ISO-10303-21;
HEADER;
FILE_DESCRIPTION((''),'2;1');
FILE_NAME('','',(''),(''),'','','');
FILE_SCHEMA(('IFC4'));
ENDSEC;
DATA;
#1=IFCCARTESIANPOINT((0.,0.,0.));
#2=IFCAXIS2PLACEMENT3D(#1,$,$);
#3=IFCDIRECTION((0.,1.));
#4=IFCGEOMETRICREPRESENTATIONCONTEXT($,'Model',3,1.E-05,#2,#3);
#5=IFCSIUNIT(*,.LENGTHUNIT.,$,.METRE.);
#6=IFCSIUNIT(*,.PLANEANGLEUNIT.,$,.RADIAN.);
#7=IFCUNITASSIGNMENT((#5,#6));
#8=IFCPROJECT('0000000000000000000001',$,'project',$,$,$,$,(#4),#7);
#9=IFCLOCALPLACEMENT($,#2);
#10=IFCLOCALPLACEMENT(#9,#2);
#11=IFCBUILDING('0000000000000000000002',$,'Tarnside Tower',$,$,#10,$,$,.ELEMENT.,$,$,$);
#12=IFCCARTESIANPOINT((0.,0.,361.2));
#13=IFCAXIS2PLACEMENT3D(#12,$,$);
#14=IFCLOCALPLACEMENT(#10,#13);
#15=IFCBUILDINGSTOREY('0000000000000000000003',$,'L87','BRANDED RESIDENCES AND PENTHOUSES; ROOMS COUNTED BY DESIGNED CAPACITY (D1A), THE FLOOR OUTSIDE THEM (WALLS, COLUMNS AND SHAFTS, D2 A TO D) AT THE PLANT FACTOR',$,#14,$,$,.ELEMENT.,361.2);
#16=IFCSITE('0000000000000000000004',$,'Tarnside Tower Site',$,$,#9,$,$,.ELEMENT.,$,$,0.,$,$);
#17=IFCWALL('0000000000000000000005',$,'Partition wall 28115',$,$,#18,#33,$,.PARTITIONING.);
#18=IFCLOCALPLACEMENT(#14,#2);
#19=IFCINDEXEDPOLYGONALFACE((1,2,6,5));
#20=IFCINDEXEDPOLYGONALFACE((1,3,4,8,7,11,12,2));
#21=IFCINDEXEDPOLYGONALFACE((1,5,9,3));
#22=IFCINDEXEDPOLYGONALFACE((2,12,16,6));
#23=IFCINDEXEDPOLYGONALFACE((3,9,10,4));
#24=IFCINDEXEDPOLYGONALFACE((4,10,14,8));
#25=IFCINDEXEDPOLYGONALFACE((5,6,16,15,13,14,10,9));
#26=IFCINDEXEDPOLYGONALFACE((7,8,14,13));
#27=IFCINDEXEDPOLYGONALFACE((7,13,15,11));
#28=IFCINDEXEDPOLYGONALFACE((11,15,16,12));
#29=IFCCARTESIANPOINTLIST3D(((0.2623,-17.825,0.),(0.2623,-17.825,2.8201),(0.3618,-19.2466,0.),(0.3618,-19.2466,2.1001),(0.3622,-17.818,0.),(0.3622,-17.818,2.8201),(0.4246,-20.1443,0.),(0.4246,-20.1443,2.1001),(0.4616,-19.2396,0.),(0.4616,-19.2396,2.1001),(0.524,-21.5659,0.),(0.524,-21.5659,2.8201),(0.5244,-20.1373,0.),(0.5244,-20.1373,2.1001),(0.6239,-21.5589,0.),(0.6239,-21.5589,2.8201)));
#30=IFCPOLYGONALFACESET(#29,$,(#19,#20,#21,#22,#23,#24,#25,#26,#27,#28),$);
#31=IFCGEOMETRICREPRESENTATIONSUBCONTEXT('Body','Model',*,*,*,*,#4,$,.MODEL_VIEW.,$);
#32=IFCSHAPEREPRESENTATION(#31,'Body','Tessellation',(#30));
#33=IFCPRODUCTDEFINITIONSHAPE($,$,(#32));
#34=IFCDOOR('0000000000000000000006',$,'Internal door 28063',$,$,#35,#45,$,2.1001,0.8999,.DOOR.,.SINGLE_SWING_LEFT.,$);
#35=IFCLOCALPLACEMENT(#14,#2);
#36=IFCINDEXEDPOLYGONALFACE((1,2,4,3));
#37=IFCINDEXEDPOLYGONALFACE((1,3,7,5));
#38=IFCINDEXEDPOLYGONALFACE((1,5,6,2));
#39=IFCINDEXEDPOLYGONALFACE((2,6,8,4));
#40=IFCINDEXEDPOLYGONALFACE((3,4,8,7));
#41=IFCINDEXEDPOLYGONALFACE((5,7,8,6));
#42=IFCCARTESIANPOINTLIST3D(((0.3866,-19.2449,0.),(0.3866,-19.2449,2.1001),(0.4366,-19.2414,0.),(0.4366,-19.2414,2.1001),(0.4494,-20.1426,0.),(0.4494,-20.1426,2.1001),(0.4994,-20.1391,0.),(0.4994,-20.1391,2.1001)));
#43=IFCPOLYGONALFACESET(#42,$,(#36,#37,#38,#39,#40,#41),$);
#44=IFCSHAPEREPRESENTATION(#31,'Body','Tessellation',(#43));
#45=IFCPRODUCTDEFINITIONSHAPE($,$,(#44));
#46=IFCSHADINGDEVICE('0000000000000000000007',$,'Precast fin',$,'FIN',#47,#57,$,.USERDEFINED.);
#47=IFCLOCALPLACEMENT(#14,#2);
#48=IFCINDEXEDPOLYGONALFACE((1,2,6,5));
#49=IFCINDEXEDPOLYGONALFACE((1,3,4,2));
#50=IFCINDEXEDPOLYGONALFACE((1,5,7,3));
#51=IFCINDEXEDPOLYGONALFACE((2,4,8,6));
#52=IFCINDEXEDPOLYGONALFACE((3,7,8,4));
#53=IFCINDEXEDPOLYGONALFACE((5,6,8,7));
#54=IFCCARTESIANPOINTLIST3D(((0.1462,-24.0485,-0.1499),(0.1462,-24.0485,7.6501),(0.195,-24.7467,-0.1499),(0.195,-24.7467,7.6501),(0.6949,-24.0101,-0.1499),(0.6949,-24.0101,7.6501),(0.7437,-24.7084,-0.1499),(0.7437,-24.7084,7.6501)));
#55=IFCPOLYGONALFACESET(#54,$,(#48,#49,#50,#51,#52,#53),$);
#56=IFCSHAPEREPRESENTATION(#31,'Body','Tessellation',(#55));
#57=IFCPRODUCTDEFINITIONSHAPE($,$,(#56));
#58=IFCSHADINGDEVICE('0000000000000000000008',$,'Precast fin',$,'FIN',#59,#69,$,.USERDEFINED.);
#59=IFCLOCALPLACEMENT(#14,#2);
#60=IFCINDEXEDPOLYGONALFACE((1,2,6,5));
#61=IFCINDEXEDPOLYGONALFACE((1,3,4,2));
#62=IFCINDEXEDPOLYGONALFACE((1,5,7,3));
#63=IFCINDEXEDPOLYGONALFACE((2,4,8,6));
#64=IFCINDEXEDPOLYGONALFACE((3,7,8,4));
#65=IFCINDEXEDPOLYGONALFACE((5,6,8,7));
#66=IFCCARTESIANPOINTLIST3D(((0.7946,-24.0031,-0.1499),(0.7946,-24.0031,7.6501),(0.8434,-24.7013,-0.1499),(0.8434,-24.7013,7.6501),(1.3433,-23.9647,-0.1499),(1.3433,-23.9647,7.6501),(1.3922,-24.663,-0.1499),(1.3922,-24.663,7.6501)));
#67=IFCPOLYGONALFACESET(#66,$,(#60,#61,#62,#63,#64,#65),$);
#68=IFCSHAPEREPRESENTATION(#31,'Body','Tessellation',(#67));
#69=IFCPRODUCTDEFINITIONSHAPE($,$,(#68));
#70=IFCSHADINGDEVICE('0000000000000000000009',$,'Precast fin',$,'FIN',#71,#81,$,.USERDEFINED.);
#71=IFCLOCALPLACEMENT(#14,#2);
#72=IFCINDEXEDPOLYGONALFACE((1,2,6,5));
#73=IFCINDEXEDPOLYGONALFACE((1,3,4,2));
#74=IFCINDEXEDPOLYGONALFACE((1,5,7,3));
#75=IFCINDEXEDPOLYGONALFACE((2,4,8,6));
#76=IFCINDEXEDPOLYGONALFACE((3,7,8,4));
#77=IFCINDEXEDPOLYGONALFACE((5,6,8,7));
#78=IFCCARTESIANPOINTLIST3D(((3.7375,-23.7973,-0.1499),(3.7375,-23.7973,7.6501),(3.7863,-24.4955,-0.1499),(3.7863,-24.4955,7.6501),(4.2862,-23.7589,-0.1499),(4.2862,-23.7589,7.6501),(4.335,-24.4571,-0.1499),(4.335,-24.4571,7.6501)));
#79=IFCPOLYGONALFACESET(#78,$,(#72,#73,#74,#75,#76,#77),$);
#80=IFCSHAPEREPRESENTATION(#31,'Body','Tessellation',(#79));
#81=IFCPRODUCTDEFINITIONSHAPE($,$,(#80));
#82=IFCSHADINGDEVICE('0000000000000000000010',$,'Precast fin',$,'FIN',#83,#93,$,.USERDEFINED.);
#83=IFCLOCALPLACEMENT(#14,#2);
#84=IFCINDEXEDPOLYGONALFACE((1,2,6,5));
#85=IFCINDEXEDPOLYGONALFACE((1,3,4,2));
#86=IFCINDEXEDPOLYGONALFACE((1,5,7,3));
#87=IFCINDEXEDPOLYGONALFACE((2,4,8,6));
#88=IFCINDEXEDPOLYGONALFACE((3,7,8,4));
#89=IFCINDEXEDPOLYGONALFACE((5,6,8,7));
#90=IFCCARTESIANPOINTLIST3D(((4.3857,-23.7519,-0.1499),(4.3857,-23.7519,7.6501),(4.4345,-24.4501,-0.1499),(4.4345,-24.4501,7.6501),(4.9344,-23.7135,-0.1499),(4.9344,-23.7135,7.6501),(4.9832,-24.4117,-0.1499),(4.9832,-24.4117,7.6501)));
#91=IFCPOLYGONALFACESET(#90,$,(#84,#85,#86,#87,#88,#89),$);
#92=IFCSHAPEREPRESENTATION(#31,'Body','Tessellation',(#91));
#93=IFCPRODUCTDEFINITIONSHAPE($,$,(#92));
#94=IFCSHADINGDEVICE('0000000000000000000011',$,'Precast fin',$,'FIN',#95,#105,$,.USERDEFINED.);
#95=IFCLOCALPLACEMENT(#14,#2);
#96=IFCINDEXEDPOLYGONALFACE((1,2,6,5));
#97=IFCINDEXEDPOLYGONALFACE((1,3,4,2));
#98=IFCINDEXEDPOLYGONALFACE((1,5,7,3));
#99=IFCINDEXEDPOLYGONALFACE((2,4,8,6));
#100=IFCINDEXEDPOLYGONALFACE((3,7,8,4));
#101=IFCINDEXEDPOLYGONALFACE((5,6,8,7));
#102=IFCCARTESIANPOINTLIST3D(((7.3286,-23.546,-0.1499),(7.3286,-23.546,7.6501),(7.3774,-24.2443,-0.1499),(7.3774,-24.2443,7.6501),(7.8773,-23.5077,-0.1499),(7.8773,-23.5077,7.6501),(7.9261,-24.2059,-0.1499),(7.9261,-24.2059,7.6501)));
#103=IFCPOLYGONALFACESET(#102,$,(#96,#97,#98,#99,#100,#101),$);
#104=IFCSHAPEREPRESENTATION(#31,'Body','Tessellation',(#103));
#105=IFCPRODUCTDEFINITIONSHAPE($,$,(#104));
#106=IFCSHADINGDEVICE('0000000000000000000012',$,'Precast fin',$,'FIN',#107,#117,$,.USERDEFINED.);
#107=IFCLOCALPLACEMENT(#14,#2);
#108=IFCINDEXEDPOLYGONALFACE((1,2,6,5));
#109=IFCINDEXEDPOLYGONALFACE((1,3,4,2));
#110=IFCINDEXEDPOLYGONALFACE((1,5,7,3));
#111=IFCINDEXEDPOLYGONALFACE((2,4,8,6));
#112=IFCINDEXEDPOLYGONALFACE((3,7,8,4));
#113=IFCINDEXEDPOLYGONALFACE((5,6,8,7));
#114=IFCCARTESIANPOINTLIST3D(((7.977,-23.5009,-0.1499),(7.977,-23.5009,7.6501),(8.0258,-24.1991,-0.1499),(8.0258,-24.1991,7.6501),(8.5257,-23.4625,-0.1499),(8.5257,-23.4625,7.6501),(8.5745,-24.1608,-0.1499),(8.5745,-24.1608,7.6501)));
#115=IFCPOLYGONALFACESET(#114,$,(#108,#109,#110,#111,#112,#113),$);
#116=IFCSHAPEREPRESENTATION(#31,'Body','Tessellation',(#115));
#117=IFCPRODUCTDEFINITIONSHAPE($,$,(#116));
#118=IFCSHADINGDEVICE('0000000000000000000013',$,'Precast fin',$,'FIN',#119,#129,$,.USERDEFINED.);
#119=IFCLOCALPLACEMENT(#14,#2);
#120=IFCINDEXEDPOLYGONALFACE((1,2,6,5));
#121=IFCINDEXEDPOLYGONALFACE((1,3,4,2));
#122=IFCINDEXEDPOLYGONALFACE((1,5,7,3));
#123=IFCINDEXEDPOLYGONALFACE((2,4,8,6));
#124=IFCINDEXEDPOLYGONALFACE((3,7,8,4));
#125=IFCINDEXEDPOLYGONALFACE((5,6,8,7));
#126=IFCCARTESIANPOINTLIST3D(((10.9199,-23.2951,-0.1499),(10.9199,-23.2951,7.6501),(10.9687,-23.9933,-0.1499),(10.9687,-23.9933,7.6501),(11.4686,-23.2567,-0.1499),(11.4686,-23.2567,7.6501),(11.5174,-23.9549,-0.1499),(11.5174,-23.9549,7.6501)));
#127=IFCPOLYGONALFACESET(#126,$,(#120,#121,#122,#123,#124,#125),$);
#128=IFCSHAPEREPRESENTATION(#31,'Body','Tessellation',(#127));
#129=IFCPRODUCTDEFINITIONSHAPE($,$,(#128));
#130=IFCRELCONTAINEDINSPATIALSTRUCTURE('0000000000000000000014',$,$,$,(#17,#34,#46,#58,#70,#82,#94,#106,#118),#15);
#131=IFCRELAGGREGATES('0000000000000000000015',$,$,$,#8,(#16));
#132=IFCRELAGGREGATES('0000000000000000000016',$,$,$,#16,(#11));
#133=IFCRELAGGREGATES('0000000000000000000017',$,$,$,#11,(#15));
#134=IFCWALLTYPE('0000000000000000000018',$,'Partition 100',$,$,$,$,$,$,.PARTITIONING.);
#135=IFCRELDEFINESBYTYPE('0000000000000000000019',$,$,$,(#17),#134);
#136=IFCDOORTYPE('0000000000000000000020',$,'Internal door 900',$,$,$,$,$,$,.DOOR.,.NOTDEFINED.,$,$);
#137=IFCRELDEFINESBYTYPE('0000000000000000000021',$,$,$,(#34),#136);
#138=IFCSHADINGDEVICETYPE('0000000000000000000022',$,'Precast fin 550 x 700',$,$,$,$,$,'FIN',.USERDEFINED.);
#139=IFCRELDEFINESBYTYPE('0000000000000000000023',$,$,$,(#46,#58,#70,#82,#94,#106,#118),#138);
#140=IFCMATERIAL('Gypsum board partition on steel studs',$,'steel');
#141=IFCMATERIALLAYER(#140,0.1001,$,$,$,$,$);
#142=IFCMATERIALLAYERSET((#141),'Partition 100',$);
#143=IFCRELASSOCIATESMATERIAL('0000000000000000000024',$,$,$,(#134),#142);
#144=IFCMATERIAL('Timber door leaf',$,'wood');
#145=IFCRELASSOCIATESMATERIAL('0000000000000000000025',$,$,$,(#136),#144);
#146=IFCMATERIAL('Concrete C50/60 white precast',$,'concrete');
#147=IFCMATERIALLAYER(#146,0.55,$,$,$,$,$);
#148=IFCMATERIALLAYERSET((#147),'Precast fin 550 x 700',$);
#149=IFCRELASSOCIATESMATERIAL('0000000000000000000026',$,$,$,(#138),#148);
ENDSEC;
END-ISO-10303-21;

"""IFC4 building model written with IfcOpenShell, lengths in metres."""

from ifc_helpers import new_model, si_unit, direction, frame, frame_2d, origin, place, context, subcontext, project, spatial, polyline, rectangle, outline, extrude, material, layer, layer_set, type_object, element, fill, save


model = new_model("IFC4")

# Units and contexts
model_context = context("Model", 3, precision=1e-05, world=origin(), true_north=direction((0.0, 1.0)))
body_context = subcontext(model_context, "Body", "Model", "MODEL_VIEW")
ifc_project = project(units=[si_unit("LENGTHUNIT", "METRE"), si_unit("PLANEANGLEUNIT", "RADIAN")], contexts=[model_context])

# Site, building, storey
site_placement = place(None, origin())
site = spatial("IfcSite", under=ifc_project, at=site_placement, Name="Tarnside Tower Site", CompositionType="ELEMENT", RefElevation=0.0)
building_placement = place(site_placement, origin())
building = spatial("IfcBuilding", under=site, at=building_placement, Name="Tarnside Tower", CompositionType="ELEMENT")
storey_placement = place(building_placement, frame((0.0, 0.0, 361.2)))
storey = spatial("IfcBuildingStorey", under=building, at=storey_placement, Name="L87", Description="BRANDED RESIDENCES AND PENTHOUSES; ROOMS COUNTED BY DESIGNED CAPACITY (D1A), THE FLOOR OUTSIDE THEM (WALLS, COLUMNS AND SHAFTS, D2 A TO D) AT THE PLANT FACTOR", CompositionType="ELEMENT", Elevation=361.2)

# Shared definitions
ifc_material_1 = material(Name="Gypsum board partition on steel studs", Category="steel")

# Shared definitions
ifc_material_2 = material(Name="Timber door leaf", Category="wood")

# Wall, opening, door
ifc_layer_1 = layer(ifc_material_1, 0.1001)
ifc_layer_set_1 = layer_set([ifc_layer_1], Name="Partition 100")
wall_type_1 = type_object("IfcWallType", Name="Partition 100", PredefinedType="PARTITIONING", material=ifc_layer_set_1)
wall_1_placement = place(storey_placement, frame((0.3123, -17.8215, 0.0), z_axis=(0.0, 0.0, 1.0), x_axis=(0.06979, -0.997562, 0.0)))
wall_1 = element("IfcWall", 1, at=wall_1_placement, inside=storey, type_object=wall_type_1, Name="Partition wall 28115", PredefinedType="PARTITIONING", context=body_context, shape_type="SweptSolid", body=[
    extrude(rectangle(XDim=3.75, YDim=0.1001, at=frame_2d((1.875, 0.0))), origin(), (0.0, 0.0, 1.0), 2.8201),
])
opening_1_placement = place(wall_1_placement, frame((1.425, 0.0, 0.0)))
opening_1 = element("IfcOpeningElement", 2, at=opening_1_placement, cuts=wall_1, PredefinedType="OPENING", context=body_context, shape_type="SweptSolid", body=[
    extrude(rectangle(XDim=0.8999, YDim=2.1001, at=frame_2d((0.45, 1.05))), frame((0.0, 0.0601, 0.0), z_axis=(0.0, -1.0, 0.0), x_axis=(1.0, 0.0, 0.0)), (0.0, 0.0, 1.0), 0.1201),
])
door_type_1 = type_object("IfcDoorType", Name="Internal door 900", OperationType="NOTDEFINED", PredefinedType="DOOR", material=ifc_material_2)
door_1_placement = place(opening_1_placement, origin())
door_1 = element("IfcDoor", 3, at=door_1_placement, inside=storey, type_object=door_type_1, Name="Internal door 28063", OperationType="SINGLE_SWING_LEFT", OverallHeight=2.1001, OverallWidth=0.8999, PredefinedType="DOOR", context=body_context, shape_type="SweptSolid", body=[
    extrude(rectangle(XDim=0.8999, YDim=2.1001, at=frame_2d((0.45, 1.05))), frame((0.0, 0.0249, 0.0), z_axis=(0.0, -1.0, 0.0), x_axis=(1.0, 0.0, 0.0)), (0.0, 0.0, 1.0), 0.05),
])
fill(opening_1, door_1)

# Shading devices
ifc_material_3 = material(Name="Concrete C50/60 white precast", Category="concrete")
ifc_layer_2 = layer(ifc_material_3, 0.55)
ifc_layer_set_2 = layer_set([ifc_layer_2], Name="Precast fin 550 x 700")
shading_device_type = type_object("IfcShadingDeviceType", Name="Precast fin 550 x 700", ElementType="FIN", PredefinedType="USERDEFINED", material=ifc_layer_set_2)
for number, where, z_axis, x_axis, name in (
    (4, (0.4207, -24.0293, -0.1499), (-0.997564, -0.069756, 0.0), (0.069756, -0.997564, 0.0), "Precast fin"),
    (5, (1.0691, -23.9839, -0.1499), (-0.997564, -0.069756, 0.0), (0.069756, -0.997564, 0.0), "Precast fin"),
    (6, (4.012, -23.7781, -0.1499), (-0.997564, -0.069756, 0.0), (0.069756, -0.997564, 0.0), "Precast fin"),
    (7, (4.6602, -23.7327, -0.1499), (-0.997564, -0.069756, 0.0), (0.069756, -0.997564, 0.0), "Precast fin"),
    (8, (7.603, -23.5269, -0.1499), (-0.997564, -0.069756, 0.0), (0.069756, -0.997564, 0.0), "Precast fin"),
    (9, (8.2515, -23.4817, -0.1499), (-0.997564, -0.069756, 0.0), (0.069756, -0.997564, 0.0), "Precast fin"),
    (10, (11.1943, -23.2759, -0.1499), (-0.997564, -0.069756, 0.0), (0.069756, -0.997564, 0.0), "Precast fin"),
):
    element("IfcShadingDevice", number, at=place(storey_placement, frame(where, z_axis=z_axis, x_axis=x_axis)), inside=storey, type_object=shading_device_type, Name=name, ObjectType="FIN", PredefinedType="USERDEFINED", context=body_context, shape_type="SweptSolid", body=[
        extrude(outline(polyline([(0.0, 0.0), (0.7, 0.0), (0.7, 7.8), (0.0, 7.8), (0.0, 0.0)])), frame((0.0, 0.0, -0.2749)), (0.0, 0.0, 1.0), 0.55),
    ])

save(model, "model.ifc")
